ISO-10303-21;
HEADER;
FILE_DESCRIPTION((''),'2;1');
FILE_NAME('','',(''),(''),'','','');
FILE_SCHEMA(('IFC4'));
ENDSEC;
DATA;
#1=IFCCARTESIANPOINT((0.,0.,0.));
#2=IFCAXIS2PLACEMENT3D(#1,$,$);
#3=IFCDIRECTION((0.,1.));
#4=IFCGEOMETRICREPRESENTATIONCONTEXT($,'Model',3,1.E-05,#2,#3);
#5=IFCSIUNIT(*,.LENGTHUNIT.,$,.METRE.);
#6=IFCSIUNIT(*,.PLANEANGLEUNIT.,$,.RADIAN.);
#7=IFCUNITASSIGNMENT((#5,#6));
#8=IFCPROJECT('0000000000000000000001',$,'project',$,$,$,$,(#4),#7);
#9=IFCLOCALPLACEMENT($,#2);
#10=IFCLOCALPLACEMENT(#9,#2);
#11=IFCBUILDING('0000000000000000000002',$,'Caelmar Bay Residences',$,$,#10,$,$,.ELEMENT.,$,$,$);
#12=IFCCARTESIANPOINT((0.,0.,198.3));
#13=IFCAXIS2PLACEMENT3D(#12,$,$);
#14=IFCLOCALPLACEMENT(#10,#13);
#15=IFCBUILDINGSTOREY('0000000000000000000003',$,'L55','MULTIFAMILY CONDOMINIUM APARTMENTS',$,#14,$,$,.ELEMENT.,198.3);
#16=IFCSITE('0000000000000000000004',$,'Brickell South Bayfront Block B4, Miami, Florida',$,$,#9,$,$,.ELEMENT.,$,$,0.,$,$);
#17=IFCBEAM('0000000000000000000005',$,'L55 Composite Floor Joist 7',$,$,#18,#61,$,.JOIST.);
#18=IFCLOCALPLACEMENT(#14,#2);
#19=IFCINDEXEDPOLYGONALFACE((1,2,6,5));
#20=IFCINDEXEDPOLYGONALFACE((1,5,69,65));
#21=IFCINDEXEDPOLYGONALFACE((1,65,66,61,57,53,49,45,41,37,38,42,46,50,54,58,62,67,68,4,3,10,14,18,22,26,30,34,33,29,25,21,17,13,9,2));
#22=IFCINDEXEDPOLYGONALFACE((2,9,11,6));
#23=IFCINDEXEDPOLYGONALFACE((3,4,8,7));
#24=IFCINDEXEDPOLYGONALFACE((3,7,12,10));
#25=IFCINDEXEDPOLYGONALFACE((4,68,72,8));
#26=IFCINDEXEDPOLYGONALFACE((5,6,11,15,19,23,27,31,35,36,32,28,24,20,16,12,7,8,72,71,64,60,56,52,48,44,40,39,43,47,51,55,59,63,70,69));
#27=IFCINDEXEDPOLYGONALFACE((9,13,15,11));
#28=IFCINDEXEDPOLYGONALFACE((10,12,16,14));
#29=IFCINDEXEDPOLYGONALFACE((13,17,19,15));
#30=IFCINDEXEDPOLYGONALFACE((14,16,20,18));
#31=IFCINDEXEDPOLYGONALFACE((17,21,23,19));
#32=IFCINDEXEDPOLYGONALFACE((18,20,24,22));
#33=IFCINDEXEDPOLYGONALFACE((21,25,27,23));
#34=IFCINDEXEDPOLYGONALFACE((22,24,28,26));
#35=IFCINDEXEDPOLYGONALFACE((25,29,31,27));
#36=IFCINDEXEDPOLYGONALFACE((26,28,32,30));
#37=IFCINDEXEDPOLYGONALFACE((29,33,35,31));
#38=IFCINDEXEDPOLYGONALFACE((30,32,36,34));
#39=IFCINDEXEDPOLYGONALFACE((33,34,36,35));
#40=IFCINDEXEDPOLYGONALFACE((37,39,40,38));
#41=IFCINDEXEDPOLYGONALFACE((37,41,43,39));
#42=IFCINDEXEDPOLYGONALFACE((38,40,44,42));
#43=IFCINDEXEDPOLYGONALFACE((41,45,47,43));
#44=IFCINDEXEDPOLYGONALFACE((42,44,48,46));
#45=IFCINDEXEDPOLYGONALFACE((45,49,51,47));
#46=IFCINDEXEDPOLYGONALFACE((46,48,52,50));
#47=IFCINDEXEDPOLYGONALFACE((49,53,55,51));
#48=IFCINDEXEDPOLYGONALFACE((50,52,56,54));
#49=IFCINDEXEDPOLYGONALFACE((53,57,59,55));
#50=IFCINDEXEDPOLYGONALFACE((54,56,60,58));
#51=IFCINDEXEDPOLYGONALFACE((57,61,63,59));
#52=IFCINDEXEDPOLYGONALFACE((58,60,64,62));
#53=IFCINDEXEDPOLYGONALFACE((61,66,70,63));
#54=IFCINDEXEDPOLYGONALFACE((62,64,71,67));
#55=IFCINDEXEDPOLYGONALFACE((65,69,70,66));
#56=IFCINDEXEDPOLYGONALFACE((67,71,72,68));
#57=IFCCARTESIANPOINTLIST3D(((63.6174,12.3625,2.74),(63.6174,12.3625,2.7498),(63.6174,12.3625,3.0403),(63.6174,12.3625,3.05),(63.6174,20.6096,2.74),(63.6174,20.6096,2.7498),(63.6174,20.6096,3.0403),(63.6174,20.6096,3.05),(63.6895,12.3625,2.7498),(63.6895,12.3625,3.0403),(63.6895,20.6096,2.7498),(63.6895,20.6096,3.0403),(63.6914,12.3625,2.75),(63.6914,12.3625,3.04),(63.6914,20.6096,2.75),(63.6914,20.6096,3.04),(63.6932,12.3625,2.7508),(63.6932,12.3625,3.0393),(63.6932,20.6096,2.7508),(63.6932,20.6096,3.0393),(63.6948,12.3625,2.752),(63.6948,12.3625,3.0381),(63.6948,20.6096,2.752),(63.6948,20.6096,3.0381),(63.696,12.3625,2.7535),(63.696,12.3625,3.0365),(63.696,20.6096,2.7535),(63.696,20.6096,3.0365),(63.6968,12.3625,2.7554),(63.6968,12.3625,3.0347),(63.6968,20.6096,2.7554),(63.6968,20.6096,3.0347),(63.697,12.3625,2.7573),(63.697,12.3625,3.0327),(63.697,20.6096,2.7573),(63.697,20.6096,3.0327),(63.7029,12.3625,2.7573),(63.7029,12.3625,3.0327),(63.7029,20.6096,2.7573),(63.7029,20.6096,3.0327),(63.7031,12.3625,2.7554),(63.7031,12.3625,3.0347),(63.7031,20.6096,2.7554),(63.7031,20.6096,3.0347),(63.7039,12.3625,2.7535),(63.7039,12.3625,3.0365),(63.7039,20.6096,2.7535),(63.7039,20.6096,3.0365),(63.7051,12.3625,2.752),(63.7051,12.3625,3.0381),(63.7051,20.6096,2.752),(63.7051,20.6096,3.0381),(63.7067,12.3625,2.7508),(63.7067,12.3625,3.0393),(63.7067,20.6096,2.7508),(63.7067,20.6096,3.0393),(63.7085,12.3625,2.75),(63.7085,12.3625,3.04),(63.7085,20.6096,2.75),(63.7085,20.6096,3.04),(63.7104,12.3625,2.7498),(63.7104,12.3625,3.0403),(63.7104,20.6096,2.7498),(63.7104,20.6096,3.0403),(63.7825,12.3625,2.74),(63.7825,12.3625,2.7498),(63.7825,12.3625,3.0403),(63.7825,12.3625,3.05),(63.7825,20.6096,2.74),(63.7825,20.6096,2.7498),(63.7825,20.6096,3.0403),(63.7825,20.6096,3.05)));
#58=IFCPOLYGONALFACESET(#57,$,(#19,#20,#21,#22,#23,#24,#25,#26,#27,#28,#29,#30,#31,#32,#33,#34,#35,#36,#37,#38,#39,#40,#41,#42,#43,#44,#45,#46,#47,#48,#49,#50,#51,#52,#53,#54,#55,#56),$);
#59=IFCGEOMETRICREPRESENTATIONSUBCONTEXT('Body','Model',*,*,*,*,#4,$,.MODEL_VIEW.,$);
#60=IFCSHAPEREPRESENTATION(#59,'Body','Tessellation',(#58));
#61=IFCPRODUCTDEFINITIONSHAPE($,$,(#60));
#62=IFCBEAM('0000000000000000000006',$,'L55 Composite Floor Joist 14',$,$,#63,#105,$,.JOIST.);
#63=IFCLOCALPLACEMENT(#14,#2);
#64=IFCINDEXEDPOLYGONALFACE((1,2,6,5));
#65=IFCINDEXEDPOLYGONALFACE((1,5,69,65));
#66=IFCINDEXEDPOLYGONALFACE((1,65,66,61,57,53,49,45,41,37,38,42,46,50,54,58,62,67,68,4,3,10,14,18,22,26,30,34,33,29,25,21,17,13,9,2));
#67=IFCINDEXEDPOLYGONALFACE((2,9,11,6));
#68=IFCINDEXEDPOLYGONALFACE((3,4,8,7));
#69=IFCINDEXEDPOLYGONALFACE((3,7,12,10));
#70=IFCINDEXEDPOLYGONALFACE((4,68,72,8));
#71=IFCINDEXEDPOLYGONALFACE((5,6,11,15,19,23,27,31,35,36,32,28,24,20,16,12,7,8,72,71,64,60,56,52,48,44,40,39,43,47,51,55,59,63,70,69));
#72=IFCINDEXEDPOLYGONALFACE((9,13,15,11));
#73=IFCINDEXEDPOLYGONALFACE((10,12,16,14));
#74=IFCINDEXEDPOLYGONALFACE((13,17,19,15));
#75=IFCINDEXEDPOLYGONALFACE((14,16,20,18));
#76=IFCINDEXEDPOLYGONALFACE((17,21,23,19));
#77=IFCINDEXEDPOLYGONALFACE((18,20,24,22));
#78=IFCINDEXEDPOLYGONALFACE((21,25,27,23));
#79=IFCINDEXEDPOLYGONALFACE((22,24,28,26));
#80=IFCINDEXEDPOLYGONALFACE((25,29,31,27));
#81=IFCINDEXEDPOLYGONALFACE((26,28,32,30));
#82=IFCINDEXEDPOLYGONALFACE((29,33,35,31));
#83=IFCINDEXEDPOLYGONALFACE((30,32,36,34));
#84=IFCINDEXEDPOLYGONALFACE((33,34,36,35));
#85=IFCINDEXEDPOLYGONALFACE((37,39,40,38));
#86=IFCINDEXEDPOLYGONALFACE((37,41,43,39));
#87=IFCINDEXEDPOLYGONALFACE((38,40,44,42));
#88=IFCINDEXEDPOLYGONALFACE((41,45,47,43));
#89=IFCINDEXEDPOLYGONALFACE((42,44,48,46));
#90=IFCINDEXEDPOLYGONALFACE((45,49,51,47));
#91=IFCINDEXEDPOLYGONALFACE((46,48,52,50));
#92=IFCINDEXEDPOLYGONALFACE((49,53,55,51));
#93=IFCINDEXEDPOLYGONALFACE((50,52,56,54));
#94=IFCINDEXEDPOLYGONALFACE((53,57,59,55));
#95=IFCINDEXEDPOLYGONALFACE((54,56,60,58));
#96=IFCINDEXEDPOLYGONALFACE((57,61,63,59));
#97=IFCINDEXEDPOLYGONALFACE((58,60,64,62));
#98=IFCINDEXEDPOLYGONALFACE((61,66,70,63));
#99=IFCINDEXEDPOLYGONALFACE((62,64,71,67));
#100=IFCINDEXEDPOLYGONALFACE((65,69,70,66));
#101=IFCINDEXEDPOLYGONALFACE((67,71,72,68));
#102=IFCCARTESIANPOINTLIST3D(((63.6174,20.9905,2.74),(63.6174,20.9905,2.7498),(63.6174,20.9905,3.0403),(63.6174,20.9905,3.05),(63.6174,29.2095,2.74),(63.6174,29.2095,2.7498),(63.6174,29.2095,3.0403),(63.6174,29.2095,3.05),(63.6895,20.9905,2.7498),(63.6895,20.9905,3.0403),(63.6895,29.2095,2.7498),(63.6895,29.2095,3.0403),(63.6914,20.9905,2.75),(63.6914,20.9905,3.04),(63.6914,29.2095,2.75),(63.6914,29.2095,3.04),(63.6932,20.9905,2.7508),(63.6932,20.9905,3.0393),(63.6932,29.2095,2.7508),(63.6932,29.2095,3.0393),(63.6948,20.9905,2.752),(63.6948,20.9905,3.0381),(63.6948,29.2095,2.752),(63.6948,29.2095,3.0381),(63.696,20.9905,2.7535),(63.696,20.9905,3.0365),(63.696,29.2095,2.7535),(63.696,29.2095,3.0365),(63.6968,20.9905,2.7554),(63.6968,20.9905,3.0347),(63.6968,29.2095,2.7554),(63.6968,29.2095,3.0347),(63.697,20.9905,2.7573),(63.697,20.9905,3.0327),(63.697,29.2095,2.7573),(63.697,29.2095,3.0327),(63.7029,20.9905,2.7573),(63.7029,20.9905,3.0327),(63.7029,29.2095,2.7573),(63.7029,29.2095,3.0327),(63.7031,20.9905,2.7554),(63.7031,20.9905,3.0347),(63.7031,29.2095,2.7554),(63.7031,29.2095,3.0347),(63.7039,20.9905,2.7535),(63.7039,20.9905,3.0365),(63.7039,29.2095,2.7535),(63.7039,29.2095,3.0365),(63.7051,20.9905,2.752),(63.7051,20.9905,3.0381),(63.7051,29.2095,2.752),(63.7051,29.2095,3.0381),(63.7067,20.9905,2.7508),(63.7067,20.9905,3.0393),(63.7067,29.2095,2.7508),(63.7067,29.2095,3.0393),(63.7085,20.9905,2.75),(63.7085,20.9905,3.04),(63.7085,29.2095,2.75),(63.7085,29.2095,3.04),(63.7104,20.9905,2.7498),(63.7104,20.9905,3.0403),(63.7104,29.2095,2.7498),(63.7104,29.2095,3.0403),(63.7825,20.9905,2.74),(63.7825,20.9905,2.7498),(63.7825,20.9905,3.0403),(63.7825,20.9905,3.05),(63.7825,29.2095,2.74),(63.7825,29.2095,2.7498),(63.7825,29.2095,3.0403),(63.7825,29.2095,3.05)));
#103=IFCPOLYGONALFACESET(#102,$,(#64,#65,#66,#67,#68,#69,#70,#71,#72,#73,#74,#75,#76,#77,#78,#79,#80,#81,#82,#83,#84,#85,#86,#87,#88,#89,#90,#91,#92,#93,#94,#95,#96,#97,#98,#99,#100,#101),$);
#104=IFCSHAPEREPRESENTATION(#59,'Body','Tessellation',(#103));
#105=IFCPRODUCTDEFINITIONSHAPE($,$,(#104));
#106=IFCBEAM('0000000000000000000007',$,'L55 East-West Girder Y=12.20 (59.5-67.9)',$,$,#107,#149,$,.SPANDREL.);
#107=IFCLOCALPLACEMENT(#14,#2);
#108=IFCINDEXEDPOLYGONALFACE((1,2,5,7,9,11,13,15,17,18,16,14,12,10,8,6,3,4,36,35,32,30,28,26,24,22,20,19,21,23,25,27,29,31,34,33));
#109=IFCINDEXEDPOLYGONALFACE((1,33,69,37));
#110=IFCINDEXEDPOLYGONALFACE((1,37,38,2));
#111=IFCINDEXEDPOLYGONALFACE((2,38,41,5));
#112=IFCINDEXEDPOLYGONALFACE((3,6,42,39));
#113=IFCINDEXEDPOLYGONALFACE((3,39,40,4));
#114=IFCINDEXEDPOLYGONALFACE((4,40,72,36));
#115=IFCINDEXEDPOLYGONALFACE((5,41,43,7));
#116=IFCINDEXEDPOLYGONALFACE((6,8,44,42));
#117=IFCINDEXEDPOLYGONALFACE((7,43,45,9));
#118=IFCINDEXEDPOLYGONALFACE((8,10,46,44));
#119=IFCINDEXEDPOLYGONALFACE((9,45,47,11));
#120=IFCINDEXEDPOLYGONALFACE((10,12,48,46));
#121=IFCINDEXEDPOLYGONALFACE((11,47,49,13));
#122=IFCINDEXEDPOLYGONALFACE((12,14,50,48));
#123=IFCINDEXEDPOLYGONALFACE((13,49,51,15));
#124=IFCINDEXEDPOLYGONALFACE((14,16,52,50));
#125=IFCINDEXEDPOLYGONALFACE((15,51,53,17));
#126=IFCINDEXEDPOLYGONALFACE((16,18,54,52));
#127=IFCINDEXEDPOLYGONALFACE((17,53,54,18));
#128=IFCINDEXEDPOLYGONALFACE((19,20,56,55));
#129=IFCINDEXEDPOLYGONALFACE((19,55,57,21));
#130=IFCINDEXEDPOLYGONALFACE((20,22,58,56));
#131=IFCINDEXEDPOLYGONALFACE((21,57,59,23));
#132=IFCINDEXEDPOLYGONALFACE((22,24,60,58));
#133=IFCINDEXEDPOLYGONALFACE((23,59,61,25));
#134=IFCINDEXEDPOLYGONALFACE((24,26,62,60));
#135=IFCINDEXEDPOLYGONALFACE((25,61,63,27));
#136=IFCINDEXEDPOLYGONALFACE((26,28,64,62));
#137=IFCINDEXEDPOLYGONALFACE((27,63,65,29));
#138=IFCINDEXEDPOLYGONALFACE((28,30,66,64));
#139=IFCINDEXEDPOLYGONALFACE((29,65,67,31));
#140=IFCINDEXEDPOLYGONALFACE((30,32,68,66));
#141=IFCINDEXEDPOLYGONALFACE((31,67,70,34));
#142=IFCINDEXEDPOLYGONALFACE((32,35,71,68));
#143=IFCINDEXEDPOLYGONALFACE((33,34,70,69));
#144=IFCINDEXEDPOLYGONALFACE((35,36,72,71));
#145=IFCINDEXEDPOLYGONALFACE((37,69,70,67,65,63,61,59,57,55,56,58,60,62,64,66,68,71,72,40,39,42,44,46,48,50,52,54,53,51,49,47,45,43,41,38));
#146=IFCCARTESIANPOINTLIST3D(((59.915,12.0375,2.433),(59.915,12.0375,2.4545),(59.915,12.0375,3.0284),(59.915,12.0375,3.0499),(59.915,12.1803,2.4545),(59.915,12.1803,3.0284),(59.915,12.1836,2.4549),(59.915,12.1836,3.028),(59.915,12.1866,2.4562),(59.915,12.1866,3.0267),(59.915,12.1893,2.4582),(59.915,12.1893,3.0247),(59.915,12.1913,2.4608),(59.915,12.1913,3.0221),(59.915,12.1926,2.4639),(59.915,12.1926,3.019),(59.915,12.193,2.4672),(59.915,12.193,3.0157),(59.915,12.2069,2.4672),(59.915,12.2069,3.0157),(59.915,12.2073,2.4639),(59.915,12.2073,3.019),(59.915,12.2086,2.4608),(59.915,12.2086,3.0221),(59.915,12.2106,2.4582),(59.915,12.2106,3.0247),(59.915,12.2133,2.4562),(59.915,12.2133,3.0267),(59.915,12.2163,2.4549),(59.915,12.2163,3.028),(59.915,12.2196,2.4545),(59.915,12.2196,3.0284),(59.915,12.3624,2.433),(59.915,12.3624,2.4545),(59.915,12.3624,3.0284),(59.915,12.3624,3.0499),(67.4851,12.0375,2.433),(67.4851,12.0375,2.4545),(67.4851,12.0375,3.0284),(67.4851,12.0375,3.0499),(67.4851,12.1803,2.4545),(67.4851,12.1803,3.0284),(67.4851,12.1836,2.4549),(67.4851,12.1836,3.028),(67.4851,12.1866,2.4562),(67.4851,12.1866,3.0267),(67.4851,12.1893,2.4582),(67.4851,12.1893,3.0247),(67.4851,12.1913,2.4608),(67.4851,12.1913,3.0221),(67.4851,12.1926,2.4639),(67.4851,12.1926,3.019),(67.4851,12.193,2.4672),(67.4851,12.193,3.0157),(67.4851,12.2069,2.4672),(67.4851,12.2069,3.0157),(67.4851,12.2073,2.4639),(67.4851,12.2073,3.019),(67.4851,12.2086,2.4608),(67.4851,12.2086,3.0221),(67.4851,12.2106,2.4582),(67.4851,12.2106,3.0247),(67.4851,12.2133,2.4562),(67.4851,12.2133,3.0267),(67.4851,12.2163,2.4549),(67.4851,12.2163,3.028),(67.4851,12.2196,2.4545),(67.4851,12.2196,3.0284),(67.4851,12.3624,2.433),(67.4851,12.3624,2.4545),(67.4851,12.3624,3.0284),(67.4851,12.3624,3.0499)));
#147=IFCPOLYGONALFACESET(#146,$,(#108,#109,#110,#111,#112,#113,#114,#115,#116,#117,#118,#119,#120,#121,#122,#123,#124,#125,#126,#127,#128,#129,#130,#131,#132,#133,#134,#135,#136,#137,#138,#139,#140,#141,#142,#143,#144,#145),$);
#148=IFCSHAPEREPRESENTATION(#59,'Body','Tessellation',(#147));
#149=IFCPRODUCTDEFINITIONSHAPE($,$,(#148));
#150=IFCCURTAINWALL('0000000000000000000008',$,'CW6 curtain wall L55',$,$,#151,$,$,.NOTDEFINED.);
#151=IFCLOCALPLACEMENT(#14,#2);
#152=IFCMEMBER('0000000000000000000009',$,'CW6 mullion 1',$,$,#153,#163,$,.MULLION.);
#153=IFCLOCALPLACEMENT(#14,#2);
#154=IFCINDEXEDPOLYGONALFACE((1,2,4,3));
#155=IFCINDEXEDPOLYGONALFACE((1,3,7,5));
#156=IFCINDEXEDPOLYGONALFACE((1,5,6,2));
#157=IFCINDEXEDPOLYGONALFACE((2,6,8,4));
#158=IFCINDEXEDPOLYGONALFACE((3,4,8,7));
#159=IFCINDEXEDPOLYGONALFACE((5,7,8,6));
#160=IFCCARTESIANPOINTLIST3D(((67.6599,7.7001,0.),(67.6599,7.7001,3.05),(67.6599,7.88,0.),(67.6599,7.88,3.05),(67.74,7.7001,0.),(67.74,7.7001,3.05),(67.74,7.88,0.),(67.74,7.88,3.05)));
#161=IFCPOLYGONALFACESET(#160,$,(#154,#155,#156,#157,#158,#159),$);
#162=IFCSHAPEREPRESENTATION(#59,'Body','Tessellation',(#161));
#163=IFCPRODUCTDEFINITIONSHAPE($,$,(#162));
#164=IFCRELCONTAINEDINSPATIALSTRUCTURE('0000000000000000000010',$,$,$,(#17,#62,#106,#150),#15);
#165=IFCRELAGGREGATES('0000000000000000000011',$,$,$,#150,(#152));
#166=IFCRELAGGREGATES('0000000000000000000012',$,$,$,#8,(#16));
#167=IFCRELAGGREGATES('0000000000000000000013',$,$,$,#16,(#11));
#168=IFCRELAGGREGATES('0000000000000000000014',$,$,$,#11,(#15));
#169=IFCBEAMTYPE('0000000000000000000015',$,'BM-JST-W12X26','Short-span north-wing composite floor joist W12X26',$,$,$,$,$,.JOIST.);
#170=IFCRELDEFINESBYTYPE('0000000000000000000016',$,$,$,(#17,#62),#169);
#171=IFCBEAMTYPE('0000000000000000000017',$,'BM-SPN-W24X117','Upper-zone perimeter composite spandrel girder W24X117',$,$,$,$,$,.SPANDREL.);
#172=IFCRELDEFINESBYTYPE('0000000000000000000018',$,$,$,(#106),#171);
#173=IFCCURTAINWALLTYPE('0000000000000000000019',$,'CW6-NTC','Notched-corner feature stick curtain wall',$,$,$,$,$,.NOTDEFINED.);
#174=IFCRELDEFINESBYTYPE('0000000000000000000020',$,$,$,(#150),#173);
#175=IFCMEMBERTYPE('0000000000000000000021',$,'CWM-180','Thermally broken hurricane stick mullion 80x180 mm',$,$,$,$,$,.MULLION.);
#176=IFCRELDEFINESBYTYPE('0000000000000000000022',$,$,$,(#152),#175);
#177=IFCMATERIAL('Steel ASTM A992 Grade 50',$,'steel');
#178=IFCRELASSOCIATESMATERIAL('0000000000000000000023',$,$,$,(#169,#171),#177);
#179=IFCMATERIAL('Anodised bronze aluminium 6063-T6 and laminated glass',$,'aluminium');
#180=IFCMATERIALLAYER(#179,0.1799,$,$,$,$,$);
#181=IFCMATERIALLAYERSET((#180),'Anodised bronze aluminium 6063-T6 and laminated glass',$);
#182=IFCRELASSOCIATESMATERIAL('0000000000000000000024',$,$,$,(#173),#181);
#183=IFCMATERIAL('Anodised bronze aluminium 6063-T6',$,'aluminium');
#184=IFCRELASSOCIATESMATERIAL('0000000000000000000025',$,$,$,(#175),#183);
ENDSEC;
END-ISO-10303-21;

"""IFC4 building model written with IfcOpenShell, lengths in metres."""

from ifc_helpers import new_model, si_unit, direction, frame, origin, origin_2d, place, context, subcontext, project, spatial, rectangle, i_section, extrude, material, layer, layer_set, material_profile, profile_set, type_object, element, aggregate, save


model = new_model("IFC4")

# Units and contexts
model_context = context("Model", 3, precision=1e-05, world=origin(), true_north=direction((0.0, 1.0)))
body_context = subcontext(model_context, "Body", "Model", "MODEL_VIEW")
ifc_project = project(units=[si_unit("LENGTHUNIT", "METRE"), si_unit("PLANEANGLEUNIT", "RADIAN")], contexts=[model_context])

# Site, building, storey
site_placement = place(None, origin())
site = spatial("IfcSite", under=ifc_project, at=site_placement, Name="Brickell South Bayfront Block B4, Miami, Florida", CompositionType="ELEMENT", RefElevation=0.0)
building_placement = place(site_placement, origin())
building = spatial("IfcBuilding", under=site, at=building_placement, Name="Caelmar Bay Residences", CompositionType="ELEMENT")
storey_placement = place(building_placement, frame((0.0, 0.0, 198.3)))
storey = spatial("IfcBuildingStorey", under=building, at=storey_placement, Name="L55", Description="MULTIFAMILY CONDOMINIUM APARTMENTS", CompositionType="ELEMENT", Elevation=198.3)

# Beams
ifc_material_1 = material(Name="Steel ASTM A992 Grade 50", Category="steel")
ifc_material_profile_1 = material_profile(ifc_material_1, i_section(OverallWidth=0.165, OverallDepth=0.3101, WebThickness=0.0059, FlangeThickness=0.0098, FilletRadius=0.0076, at=origin_2d()), Name="W12X26")
ifc_profile_set_1 = profile_set([ifc_material_profile_1], Name="Steel ASTM A992 Grade 50")
beam_type_1 = type_object("IfcBeamType", Name="BM-JST-W12X26", Description="Short-span north-wing composite floor joist W12X26", PredefinedType="JOIST", material=ifc_profile_set_1)
beam_1_placement = place(storey_placement, frame((63.7, 12.3625, 2.895), z_axis=(0.0, 1.0, 0.0), x_axis=(-1.0, 0.0, 0.0)))
element("IfcBeam", 1, at=beam_1_placement, inside=storey, type_object=beam_type_1, Name="L55 Composite Floor Joist 7", PredefinedType="JOIST", context=body_context, shape_type="SweptSolid", body=[
    extrude(i_section(OverallWidth=0.165, OverallDepth=0.3101, WebThickness=0.0059, FlangeThickness=0.0098, FilletRadius=0.0076, at=origin_2d()), origin(), (0.0, 0.0, 1.0), 8.2471),
])
beam_2_placement = place(storey_placement, frame((63.7, 20.9905, 2.895), z_axis=(0.0, 1.0, 0.0), x_axis=(-1.0, 0.0, 0.0)))
element("IfcBeam", 2, at=beam_2_placement, inside=storey, type_object=beam_type_1, Name="L55 Composite Floor Joist 14", PredefinedType="JOIST", context=body_context, shape_type="SweptSolid", body=[
    extrude(i_section(OverallWidth=0.165, OverallDepth=0.3101, WebThickness=0.0059, FlangeThickness=0.0098, FilletRadius=0.0076, at=origin_2d()), origin(), (0.0, 0.0, 1.0), 8.219),
])
ifc_material_profile_2 = material_profile(ifc_material_1, i_section(OverallWidth=0.325, OverallDepth=0.6169, WebThickness=0.0139, FlangeThickness=0.0215, FilletRadius=0.0127, at=origin_2d()), Name="W24X117")
ifc_profile_set_2 = profile_set([ifc_material_profile_2], Name="Steel ASTM A992 Grade 50")
beam_type_2 = type_object("IfcBeamType", Name="BM-SPN-W24X117", Description="Upper-zone perimeter composite spandrel girder W24X117", PredefinedType="SPANDREL", material=ifc_profile_set_2)
beam_3_placement = place(storey_placement, frame((59.915, 12.2, 2.7415), z_axis=(1.0, 0.0, 0.0), x_axis=(0.0, 1.0, 0.0)))
element("IfcBeam", 3, at=beam_3_placement, inside=storey, type_object=beam_type_2, Name="L55 East-West Girder Y=12.20 (59.5-67.9)", PredefinedType="SPANDREL", context=body_context, shape_type="SweptSolid", body=[
    extrude(i_section(OverallWidth=0.325, OverallDepth=0.6169, WebThickness=0.0139, FlangeThickness=0.0215, FilletRadius=0.0127, at=origin_2d()), origin(), (0.0, 0.0, 1.0), 7.5701),
])

# Curtain wall, member
ifc_material_2 = material(Name="Anodised bronze aluminium 6063-T6 and laminated glass", Category="aluminium")
ifc_layer_1 = layer(ifc_material_2, 0.1799)
ifc_layer_set_1 = layer_set([ifc_layer_1], Name="Anodised bronze aluminium 6063-T6 and laminated glass")
curtain_wall_type = type_object("IfcCurtainWallType", Name="CW6-NTC", Description="Notched-corner feature stick curtain wall", PredefinedType="NOTDEFINED", material=ifc_layer_set_1)
curtain_wall_placement = place(storey_placement, origin())
curtain_wall = element("IfcCurtainWall", 4, at=curtain_wall_placement, inside=storey, type_object=curtain_wall_type, Name="CW6 curtain wall L55", PredefinedType="NOTDEFINED")
ifc_material_3 = material(Name="Anodised bronze aluminium 6063-T6", Category="aluminium")
ifc_material_profile_3 = material_profile(ifc_material_3, rectangle(XDim=0.0801, YDim=0.1799, at=origin_2d()), Name="CWM-80X180")
ifc_profile_set_3 = profile_set([ifc_material_profile_3], Name="Anodised bronze aluminium 6063-T6")
member_type = type_object("IfcMemberType", Name="CWM-180", Description="Thermally broken hurricane stick mullion 80x180 mm", PredefinedType="MULLION", material=ifc_profile_set_3)
member_placement = place(storey_placement, frame((67.7, 7.79, 0.0), z_axis=(0.0, 0.0, 1.0), x_axis=(-1.0, 0.0, 0.0)))
member = element("IfcMember", 5, at=member_placement, type_object=member_type, Name="CW6 mullion 1", PredefinedType="MULLION", context=body_context, shape_type="SweptSolid", body=[
    extrude(rectangle(XDim=0.0801, YDim=0.1799, at=origin_2d()), origin(), (0.0, 0.0, 1.0), 3.05),
])
aggregate(curtain_wall, [member])

save(model, "model.ifc")
